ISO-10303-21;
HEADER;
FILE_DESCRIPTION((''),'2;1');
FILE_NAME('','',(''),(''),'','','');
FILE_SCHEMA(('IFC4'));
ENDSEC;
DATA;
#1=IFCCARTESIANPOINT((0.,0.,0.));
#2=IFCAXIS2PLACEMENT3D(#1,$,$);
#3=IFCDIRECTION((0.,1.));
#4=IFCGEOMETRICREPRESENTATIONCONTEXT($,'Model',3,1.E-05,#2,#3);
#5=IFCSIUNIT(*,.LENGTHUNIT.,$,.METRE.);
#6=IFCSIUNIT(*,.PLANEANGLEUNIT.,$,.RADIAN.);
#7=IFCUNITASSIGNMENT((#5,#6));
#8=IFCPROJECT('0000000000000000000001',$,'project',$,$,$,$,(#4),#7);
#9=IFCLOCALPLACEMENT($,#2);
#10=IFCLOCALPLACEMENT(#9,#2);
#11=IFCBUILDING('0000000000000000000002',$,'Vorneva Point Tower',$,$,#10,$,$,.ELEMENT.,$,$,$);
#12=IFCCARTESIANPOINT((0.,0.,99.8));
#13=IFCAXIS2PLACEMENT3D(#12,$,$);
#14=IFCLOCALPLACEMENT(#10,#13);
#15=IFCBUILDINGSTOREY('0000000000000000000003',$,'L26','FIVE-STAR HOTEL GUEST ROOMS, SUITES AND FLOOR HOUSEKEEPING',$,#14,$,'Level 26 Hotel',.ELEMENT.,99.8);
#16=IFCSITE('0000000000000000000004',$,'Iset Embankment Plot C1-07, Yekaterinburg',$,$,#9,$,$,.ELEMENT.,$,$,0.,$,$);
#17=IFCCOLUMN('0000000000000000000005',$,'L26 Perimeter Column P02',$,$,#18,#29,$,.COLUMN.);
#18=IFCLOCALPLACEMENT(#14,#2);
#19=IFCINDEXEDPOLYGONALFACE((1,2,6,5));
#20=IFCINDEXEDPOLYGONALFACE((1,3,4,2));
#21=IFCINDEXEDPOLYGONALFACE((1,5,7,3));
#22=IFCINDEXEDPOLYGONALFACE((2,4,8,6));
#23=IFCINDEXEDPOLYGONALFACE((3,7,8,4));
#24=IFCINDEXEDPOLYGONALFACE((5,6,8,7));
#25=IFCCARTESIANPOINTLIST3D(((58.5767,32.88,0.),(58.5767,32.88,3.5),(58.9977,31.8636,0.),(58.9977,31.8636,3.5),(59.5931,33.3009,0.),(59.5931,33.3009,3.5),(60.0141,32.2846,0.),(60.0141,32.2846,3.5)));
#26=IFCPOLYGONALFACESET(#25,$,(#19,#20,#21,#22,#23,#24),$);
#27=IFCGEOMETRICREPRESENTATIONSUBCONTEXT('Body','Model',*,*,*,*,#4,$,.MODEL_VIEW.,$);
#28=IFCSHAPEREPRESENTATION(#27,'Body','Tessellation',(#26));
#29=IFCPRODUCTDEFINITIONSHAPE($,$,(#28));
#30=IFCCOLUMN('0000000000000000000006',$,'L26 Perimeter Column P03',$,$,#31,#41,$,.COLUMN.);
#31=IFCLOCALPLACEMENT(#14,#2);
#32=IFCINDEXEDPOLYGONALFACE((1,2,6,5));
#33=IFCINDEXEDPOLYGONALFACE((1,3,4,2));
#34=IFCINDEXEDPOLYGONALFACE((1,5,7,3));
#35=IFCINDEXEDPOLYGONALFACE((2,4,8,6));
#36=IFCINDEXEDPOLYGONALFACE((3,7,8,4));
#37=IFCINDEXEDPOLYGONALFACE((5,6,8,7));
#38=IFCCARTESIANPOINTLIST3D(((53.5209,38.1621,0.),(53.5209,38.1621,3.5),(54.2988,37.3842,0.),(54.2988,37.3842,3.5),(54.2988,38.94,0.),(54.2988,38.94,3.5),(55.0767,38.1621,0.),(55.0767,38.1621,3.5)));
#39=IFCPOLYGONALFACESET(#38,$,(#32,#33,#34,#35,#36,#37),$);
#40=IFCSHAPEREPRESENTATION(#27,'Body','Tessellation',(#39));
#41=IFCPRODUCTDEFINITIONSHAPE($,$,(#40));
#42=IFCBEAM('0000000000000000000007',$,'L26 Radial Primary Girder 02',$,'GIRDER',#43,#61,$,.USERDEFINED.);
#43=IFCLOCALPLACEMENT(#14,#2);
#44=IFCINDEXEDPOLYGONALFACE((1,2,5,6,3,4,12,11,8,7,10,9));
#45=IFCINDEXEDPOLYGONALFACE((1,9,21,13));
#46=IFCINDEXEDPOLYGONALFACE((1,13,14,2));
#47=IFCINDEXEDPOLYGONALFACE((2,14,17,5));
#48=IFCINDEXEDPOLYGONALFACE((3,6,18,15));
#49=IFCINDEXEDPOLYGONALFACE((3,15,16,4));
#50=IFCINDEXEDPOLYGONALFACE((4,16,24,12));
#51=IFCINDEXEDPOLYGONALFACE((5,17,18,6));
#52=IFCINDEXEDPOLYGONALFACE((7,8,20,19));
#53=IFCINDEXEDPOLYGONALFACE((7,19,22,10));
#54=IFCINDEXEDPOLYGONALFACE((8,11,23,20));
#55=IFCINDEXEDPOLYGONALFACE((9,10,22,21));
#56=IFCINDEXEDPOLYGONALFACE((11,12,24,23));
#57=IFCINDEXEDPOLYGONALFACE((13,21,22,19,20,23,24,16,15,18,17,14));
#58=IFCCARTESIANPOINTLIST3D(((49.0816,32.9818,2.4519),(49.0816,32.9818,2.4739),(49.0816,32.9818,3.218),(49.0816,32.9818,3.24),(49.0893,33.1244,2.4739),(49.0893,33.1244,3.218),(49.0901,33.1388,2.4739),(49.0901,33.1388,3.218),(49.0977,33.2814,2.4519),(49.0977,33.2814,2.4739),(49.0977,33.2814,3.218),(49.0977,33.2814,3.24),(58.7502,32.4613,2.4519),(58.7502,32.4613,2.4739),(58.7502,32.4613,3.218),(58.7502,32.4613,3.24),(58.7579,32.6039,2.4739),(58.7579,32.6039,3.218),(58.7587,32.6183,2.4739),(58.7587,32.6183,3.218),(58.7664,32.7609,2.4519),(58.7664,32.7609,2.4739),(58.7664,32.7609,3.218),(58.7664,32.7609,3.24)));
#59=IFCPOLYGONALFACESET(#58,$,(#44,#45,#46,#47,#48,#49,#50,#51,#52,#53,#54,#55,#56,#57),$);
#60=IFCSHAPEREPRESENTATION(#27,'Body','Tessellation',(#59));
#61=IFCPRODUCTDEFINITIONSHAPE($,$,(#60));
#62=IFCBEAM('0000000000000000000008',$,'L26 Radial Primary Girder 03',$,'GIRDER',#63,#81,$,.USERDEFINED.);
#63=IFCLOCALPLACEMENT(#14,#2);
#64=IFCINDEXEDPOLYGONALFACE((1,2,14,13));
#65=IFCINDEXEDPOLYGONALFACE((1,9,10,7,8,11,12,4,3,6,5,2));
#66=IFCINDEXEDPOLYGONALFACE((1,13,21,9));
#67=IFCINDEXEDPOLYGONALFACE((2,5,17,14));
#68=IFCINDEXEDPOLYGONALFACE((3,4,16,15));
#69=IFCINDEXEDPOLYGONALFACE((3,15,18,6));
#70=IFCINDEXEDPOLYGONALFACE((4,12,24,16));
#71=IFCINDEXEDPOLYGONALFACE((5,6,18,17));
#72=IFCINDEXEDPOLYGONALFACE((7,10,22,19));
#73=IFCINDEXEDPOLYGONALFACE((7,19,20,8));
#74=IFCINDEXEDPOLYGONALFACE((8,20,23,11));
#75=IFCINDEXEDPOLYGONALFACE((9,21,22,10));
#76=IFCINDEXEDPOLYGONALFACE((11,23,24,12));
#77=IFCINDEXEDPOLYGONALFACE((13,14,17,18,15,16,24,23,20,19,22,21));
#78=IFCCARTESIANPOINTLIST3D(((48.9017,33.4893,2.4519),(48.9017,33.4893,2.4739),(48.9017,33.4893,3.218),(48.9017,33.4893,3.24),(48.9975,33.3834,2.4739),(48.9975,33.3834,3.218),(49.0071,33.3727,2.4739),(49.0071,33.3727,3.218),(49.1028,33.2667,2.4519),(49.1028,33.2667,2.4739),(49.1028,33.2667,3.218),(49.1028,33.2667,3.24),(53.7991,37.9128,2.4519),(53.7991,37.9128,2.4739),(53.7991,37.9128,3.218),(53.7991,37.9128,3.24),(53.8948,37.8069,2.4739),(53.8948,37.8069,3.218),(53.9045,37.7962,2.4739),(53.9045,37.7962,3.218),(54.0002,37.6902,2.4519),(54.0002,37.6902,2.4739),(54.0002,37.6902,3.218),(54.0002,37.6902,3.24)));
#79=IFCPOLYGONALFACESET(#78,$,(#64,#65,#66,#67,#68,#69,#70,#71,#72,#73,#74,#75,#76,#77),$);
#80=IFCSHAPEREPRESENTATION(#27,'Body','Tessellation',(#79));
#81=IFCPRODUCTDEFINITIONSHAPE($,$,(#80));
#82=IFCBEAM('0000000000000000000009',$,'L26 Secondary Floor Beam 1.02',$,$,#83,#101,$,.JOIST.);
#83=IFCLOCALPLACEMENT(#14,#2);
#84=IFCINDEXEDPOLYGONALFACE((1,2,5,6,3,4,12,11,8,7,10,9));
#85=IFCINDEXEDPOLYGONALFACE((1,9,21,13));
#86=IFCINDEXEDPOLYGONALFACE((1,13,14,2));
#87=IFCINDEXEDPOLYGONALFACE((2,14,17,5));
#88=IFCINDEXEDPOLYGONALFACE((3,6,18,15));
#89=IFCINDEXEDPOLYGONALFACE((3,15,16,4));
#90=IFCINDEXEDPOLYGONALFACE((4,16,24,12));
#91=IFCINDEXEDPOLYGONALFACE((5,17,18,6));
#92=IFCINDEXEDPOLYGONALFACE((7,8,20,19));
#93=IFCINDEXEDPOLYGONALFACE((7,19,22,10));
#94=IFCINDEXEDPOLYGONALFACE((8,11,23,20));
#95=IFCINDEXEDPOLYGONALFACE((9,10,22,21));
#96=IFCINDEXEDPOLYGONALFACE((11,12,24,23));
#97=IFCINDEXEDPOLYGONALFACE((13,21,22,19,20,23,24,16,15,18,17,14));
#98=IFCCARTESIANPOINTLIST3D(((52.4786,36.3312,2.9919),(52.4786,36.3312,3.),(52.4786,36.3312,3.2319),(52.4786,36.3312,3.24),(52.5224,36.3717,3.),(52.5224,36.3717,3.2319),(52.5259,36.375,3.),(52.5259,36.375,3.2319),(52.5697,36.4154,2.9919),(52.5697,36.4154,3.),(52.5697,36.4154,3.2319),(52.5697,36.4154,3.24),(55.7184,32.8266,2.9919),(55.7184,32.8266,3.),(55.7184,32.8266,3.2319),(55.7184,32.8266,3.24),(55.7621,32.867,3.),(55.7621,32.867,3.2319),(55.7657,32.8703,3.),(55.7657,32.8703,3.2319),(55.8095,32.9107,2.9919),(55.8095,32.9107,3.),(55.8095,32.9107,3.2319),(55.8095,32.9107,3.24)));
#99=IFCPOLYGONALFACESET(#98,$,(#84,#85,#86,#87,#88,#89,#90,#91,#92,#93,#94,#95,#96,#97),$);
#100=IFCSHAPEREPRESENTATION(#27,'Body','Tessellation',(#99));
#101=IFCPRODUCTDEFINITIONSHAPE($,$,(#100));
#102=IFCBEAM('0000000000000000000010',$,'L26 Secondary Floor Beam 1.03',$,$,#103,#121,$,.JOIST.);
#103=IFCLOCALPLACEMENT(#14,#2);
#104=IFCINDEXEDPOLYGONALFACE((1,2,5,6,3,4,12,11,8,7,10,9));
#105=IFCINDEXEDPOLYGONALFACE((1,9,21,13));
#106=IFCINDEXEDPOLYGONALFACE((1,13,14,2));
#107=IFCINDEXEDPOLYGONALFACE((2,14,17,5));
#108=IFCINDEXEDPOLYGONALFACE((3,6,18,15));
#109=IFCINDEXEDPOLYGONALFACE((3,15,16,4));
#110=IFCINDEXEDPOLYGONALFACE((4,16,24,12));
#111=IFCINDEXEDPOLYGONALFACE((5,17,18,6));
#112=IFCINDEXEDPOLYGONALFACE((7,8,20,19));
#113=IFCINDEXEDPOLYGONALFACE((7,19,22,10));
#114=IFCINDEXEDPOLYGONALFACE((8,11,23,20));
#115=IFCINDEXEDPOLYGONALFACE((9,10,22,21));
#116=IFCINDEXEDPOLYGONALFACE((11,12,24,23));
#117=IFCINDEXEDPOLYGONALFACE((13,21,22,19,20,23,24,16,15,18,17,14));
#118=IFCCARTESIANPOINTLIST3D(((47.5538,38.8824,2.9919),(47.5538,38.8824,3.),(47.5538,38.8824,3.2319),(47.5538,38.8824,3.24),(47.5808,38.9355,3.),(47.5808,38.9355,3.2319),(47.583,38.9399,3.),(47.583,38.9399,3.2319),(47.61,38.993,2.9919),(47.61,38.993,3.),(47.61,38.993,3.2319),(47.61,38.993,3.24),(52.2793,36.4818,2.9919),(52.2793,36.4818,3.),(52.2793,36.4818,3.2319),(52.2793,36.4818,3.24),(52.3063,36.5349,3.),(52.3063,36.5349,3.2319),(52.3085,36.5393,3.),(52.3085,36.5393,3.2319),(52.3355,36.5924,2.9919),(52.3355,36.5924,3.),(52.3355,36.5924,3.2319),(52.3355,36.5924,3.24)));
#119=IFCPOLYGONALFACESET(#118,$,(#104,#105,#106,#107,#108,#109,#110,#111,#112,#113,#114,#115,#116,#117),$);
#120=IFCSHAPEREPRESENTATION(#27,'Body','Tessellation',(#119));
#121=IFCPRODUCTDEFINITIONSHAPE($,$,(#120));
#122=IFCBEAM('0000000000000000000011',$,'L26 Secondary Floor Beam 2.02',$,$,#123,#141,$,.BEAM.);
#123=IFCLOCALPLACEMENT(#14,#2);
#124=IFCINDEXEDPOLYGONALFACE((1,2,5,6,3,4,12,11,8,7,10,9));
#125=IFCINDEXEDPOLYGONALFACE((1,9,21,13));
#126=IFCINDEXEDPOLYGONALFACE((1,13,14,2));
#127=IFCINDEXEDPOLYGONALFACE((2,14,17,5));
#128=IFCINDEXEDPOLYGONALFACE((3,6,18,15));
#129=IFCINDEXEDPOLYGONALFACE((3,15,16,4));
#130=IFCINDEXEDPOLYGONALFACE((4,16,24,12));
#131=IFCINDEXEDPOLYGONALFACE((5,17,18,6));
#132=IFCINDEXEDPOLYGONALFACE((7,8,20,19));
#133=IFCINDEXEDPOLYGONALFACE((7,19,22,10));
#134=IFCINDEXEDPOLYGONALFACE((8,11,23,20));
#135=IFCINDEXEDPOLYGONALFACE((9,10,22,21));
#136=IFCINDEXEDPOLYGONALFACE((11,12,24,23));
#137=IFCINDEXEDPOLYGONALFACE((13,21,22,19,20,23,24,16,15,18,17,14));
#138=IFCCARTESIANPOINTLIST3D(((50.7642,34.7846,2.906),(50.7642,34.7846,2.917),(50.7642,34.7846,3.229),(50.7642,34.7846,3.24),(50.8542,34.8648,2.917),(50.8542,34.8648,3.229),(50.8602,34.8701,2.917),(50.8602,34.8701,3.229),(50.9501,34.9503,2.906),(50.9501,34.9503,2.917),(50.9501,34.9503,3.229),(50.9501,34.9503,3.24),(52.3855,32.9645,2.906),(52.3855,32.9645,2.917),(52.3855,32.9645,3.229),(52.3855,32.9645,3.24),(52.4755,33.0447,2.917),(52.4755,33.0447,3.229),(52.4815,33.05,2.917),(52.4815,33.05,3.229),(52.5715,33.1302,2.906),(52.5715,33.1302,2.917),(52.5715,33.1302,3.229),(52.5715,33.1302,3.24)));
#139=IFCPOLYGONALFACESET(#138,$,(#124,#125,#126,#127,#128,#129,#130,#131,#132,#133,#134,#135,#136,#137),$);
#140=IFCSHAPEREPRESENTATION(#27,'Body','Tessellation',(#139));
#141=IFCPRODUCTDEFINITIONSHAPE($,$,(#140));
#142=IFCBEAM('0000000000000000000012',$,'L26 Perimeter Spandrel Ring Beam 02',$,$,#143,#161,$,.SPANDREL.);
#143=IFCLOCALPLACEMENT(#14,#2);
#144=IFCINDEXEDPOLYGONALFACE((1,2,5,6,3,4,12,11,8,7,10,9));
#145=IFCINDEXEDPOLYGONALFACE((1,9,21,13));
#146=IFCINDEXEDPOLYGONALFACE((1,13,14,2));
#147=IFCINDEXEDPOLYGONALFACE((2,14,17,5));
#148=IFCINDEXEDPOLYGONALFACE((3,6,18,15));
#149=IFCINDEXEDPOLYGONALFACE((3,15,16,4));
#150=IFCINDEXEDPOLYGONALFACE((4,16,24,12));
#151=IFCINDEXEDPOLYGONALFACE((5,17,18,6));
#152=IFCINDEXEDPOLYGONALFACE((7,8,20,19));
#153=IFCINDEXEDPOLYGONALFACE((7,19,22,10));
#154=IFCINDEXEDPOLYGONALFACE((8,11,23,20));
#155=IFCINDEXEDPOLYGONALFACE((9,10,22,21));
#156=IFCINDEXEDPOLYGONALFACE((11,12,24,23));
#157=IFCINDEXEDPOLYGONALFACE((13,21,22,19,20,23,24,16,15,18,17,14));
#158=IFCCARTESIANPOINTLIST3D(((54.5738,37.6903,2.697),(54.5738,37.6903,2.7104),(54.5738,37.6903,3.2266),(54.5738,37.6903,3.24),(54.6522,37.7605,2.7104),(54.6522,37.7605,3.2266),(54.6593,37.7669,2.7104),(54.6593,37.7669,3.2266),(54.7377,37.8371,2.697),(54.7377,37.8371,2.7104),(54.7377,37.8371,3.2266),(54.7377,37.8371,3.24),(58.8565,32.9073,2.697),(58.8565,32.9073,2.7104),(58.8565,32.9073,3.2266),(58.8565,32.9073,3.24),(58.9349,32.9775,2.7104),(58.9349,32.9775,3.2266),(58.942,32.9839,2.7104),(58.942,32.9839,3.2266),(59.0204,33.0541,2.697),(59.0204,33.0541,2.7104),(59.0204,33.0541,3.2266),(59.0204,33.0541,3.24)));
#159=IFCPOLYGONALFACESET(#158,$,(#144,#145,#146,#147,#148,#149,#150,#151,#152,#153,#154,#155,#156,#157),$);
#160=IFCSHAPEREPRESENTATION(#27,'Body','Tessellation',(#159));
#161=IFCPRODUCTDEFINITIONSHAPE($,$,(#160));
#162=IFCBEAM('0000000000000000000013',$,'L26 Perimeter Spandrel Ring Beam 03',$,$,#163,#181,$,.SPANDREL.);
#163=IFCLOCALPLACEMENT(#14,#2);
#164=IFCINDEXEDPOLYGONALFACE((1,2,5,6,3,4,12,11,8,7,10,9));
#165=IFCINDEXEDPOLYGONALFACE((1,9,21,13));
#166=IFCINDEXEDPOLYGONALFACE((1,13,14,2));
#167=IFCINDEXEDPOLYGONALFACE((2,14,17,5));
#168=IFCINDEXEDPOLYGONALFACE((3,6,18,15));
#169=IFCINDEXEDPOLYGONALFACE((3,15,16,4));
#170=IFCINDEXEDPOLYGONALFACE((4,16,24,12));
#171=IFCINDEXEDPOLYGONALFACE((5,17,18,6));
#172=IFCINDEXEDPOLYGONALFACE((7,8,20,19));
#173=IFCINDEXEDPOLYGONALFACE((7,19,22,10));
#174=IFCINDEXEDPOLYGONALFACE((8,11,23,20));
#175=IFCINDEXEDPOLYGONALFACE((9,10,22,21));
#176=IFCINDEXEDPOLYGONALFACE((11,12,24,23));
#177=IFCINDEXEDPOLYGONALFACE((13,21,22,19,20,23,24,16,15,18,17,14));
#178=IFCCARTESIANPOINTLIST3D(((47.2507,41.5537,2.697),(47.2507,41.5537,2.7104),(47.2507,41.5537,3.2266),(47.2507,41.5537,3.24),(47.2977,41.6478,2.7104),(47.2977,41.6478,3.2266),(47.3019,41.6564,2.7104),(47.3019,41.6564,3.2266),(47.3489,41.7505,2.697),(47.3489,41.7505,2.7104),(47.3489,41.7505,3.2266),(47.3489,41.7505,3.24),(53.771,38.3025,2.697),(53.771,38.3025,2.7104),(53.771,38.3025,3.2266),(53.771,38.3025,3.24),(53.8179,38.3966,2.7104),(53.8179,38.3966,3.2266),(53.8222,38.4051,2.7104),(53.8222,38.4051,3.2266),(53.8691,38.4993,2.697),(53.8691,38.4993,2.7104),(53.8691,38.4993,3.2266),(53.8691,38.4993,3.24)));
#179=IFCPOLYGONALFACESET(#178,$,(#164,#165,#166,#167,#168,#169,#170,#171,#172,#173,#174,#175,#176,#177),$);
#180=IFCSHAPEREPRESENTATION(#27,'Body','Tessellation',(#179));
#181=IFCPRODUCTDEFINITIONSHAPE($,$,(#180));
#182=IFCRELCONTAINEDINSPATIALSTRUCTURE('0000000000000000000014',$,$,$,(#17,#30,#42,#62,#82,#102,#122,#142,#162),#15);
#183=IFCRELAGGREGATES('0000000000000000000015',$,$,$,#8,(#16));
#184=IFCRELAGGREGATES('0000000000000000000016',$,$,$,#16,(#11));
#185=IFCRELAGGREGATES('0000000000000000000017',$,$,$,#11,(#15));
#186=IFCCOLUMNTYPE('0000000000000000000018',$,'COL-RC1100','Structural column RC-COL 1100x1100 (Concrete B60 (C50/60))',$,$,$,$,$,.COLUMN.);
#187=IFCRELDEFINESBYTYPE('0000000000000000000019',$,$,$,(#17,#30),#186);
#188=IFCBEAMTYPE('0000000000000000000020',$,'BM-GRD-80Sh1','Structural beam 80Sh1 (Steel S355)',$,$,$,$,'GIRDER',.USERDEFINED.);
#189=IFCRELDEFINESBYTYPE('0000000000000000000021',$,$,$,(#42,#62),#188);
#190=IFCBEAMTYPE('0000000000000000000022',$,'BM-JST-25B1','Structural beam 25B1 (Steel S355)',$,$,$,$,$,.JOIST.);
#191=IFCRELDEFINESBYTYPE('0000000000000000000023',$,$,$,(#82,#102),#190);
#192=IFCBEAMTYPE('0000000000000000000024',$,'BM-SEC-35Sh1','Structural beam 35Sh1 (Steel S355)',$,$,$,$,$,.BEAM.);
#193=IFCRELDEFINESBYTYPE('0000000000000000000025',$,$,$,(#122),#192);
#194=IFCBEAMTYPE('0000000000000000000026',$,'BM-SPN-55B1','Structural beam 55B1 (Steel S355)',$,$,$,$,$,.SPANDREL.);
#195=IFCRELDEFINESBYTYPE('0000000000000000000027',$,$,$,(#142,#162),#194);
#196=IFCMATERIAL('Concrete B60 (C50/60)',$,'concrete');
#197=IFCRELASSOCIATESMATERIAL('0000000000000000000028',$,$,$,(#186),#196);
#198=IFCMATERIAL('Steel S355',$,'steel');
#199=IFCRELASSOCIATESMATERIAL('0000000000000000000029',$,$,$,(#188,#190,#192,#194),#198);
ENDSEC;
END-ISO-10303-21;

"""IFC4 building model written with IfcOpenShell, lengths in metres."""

from ifc_helpers import new_model, si_unit, direction, frame, origin, origin_2d, place, context, subcontext, project, spatial, rectangle, i_section, extrude, material, material_profile, profile_set, type_object, element, save


model = new_model("IFC4")

# Units and contexts
model_context = context("Model", 3, precision=1e-05, world=origin(), true_north=direction((0.0, 1.0)))
body_context = subcontext(model_context, "Body", "Model", "MODEL_VIEW")
ifc_project = project(units=[si_unit("LENGTHUNIT", "METRE"), si_unit("PLANEANGLEUNIT", "RADIAN")], contexts=[model_context])

# Site, building, storey
site_placement = place(None, origin())
site = spatial("IfcSite", under=ifc_project, at=site_placement, Name="Iset Embankment Plot C1-07, Yekaterinburg", CompositionType="ELEMENT", RefElevation=0.0)
building_placement = place(site_placement, origin())
building = spatial("IfcBuilding", under=site, at=building_placement, Name="Vorneva Point Tower", CompositionType="ELEMENT")
storey_placement = place(building_placement, frame((0.0, 0.0, 99.8)))
storey = spatial("IfcBuildingStorey", under=building, at=storey_placement, Name="L26", Description="FIVE-STAR HOTEL GUEST ROOMS, SUITES AND FLOOR HOUSEKEEPING", LongName="Level 26 Hotel", CompositionType="ELEMENT", Elevation=99.8)

# Columns
ifc_material_1 = material(Name="Concrete B60 (C50/60)", Category="concrete")
ifc_material_profile_1 = material_profile(ifc_material_1, rectangle(XDim=1.1001, YDim=1.1001, at=origin_2d()), Name="RC-COL 1100x1100")
ifc_profile_set_1 = profile_set([ifc_material_profile_1], Name="Concrete B60 (C50/60)")
column_type = type_object("IfcColumnType", Name="COL-RC1100", Description="Structural column RC-COL 1100x1100 (Concrete B60 (C50/60))", PredefinedType="COLUMN", material=ifc_profile_set_1)
for number, where, z_axis, x_axis, name in (
    (1, (59.2954, 32.5823, 0.0), (0.0, 0.0, 1.0), (0.92388, 0.382683, 0.0), "L26 Perimeter Column P02"),
    (2, (54.2988, 38.1621, 0.0), (0.0, 0.0, 1.0), (0.707107, 0.707107, 0.0), "L26 Perimeter Column P03"),
):
    element("IfcColumn", number, at=place(storey_placement, frame(where, z_axis=z_axis, x_axis=x_axis)), inside=storey, type_object=column_type, Name=name, PredefinedType="COLUMN", context=body_context, shape_type="SweptSolid", body=[
        extrude(rectangle(XDim=1.1001, YDim=1.1001, at=origin_2d()), origin(), (0.0, 0.0, 1.0), 3.5),
    ])

# Beams
ifc_material_2 = material(Name="Steel S355", Category="steel")
ifc_material_profile_2 = material_profile(ifc_material_2, i_section(OverallWidth=0.3, OverallDepth=0.7881, WebThickness=0.0144, FlangeThickness=0.022, at=origin_2d()), Name="80Sh1")
ifc_profile_set_2 = profile_set([ifc_material_profile_2], Name="Steel S355")
beam_type_1 = type_object("IfcBeamType", Name="BM-GRD-80Sh1", Description="Structural beam 80Sh1 (Steel S355)", ElementType="GIRDER", PredefinedType="USERDEFINED", material=ifc_profile_set_2)
beam_1_placement = place(storey_placement, frame((58.7583, 32.6111, 2.8459), z_axis=(-0.998554, 0.053756, 0.0), x_axis=(-0.053756, -0.998554, 0.0)))
element("IfcBeam", 3, at=beam_1_placement, inside=storey, type_object=beam_type_1, Name="L26 Radial Primary Girder 02", ObjectType="GIRDER", PredefinedType="USERDEFINED", context=body_context, shape_type="SweptSolid", body=[
    extrude(i_section(OverallWidth=0.3, OverallDepth=0.7881, WebThickness=0.0144, FlangeThickness=0.022, at=origin_2d()), origin(), (0.0, 0.0, 1.0), 9.6826),
])
beam_2_placement = place(storey_placement, frame((53.8997, 37.8015, 2.8459), z_axis=(-0.742097, -0.670292, 0.0), x_axis=(0.670292, -0.742097, 0.0)))
element("IfcBeam", 4, at=beam_2_placement, inside=storey, type_object=beam_type_1, Name="L26 Radial Primary Girder 03", ObjectType="GIRDER", PredefinedType="USERDEFINED", context=body_context, shape_type="SweptSolid", body=[
    extrude(i_section(OverallWidth=0.3, OverallDepth=0.7881, WebThickness=0.0144, FlangeThickness=0.022, at=origin_2d()), origin(), (0.0, 0.0, 1.0), 6.5994),
])
ifc_material_profile_3 = material_profile(ifc_material_2, i_section(OverallWidth=0.124, OverallDepth=0.248, WebThickness=0.0049, FlangeThickness=0.0081, at=origin_2d()), Name="25B1")
ifc_profile_set_3 = profile_set([ifc_material_profile_3], Name="Steel S355")
beam_type_2 = type_object("IfcBeamType", Name="BM-JST-25B1", Description="Structural beam 25B1 (Steel S355)", PredefinedType="JOIST", material=ifc_profile_set_3)
beam_3_placement = place(storey_placement, frame((55.7639, 32.8687, 3.116), z_axis=(-0.678811, 0.734313, 0.0), x_axis=(-0.734313, -0.678811, 0.0)))
element("IfcBeam", 5, at=beam_3_placement, inside=storey, type_object=beam_type_2, Name="L26 Secondary Floor Beam 1.02", PredefinedType="JOIST", context=body_context, shape_type="SweptSolid", body=[
    extrude(i_section(OverallWidth=0.124, OverallDepth=0.248, WebThickness=0.0049, FlangeThickness=0.0081, at=origin_2d()), origin(), (0.0, 0.0, 1.0), 4.7727),
])
beam_4_placement = place(storey_placement, frame((52.3074, 36.5371, 3.116), z_axis=(-0.891553, 0.452916, 0.0), x_axis=(-0.452916, -0.891553, 0.0)))
element("IfcBeam", 6, at=beam_4_placement, inside=storey, type_object=beam_type_2, Name="L26 Secondary Floor Beam 1.03", PredefinedType="JOIST", context=body_context, shape_type="SweptSolid", body=[
    extrude(i_section(OverallWidth=0.124, OverallDepth=0.248, WebThickness=0.0049, FlangeThickness=0.0081, at=origin_2d()), origin(), (0.0, 0.0, 1.0), 5.3003),
])
ifc_material_profile_4 = material_profile(ifc_material_2, i_section(OverallWidth=0.249, OverallDepth=0.334, WebThickness=0.0081, FlangeThickness=0.011, at=origin_2d()), Name="35Sh1")
ifc_profile_set_4 = profile_set([ifc_material_profile_4], Name="Steel S355")
beam_type_3 = type_object("IfcBeamType", Name="BM-SEC-35Sh1", Description="Structural beam 35Sh1 (Steel S355)", PredefinedType="BEAM", material=ifc_profile_set_4)
beam_5_placement = place(storey_placement, frame((52.4785, 33.0474, 3.073), z_axis=(-0.665165, 0.746696, 0.0), x_axis=(-0.746696, -0.665165, 0.0)))
element("IfcBeam", 7, at=beam_5_placement, inside=storey, type_object=beam_type_3, Name="L26 Secondary Floor Beam 2.02", PredefinedType="BEAM", context=body_context, shape_type="SweptSolid", body=[
    extrude(i_section(OverallWidth=0.249, OverallDepth=0.334, WebThickness=0.0081, FlangeThickness=0.011, at=origin_2d()), origin(), (0.0, 0.0, 1.0), 2.4375),
])
ifc_material_profile_5 = material_profile(ifc_material_2, i_section(OverallWidth=0.22, OverallDepth=0.543, WebThickness=0.0095, FlangeThickness=0.0134, at=origin_2d()), Name="55B1")
ifc_profile_set_5 = profile_set([ifc_material_profile_5], Name="Steel S355")
beam_type_4 = type_object("IfcBeamType", Name="BM-SPN-55B1", Description="Structural beam 55B1 (Steel S355)", PredefinedType="SPANDREL", material=ifc_profile_set_5)
beam_6_placement = place(storey_placement, frame((58.9385, 32.9807, 2.9685), z_axis=(-0.667074, 0.744992, 0.0), x_axis=(-0.744992, -0.667074, 0.0)))
element("IfcBeam", 8, at=beam_6_placement, inside=storey, type_object=beam_type_4, Name="L26 Perimeter Spandrel Ring Beam 02", PredefinedType="SPANDREL", context=body_context, shape_type="SweptSolid", body=[
    extrude(i_section(OverallWidth=0.22, OverallDepth=0.543, WebThickness=0.0095, FlangeThickness=0.0134, at=origin_2d()), origin(), (0.0, 0.0, 1.0), 6.4202),
])
beam_7_placement = place(storey_placement, frame((53.8201, 38.4009, 2.9685), z_axis=(-0.894916, 0.446235, 0.0), x_axis=(-0.446235, -0.894916, 0.0)))
element("IfcBeam", 9, at=beam_7_placement, inside=storey, type_object=beam_type_4, Name="L26 Perimeter Spandrel Ring Beam 03", PredefinedType="SPANDREL", context=body_context, shape_type="SweptSolid", body=[
    extrude(i_section(OverallWidth=0.22, OverallDepth=0.543, WebThickness=0.0095, FlangeThickness=0.0134, at=origin_2d()), origin(), (0.0, 0.0, 1.0), 7.2859),
])

save(model, "model.ifc")
